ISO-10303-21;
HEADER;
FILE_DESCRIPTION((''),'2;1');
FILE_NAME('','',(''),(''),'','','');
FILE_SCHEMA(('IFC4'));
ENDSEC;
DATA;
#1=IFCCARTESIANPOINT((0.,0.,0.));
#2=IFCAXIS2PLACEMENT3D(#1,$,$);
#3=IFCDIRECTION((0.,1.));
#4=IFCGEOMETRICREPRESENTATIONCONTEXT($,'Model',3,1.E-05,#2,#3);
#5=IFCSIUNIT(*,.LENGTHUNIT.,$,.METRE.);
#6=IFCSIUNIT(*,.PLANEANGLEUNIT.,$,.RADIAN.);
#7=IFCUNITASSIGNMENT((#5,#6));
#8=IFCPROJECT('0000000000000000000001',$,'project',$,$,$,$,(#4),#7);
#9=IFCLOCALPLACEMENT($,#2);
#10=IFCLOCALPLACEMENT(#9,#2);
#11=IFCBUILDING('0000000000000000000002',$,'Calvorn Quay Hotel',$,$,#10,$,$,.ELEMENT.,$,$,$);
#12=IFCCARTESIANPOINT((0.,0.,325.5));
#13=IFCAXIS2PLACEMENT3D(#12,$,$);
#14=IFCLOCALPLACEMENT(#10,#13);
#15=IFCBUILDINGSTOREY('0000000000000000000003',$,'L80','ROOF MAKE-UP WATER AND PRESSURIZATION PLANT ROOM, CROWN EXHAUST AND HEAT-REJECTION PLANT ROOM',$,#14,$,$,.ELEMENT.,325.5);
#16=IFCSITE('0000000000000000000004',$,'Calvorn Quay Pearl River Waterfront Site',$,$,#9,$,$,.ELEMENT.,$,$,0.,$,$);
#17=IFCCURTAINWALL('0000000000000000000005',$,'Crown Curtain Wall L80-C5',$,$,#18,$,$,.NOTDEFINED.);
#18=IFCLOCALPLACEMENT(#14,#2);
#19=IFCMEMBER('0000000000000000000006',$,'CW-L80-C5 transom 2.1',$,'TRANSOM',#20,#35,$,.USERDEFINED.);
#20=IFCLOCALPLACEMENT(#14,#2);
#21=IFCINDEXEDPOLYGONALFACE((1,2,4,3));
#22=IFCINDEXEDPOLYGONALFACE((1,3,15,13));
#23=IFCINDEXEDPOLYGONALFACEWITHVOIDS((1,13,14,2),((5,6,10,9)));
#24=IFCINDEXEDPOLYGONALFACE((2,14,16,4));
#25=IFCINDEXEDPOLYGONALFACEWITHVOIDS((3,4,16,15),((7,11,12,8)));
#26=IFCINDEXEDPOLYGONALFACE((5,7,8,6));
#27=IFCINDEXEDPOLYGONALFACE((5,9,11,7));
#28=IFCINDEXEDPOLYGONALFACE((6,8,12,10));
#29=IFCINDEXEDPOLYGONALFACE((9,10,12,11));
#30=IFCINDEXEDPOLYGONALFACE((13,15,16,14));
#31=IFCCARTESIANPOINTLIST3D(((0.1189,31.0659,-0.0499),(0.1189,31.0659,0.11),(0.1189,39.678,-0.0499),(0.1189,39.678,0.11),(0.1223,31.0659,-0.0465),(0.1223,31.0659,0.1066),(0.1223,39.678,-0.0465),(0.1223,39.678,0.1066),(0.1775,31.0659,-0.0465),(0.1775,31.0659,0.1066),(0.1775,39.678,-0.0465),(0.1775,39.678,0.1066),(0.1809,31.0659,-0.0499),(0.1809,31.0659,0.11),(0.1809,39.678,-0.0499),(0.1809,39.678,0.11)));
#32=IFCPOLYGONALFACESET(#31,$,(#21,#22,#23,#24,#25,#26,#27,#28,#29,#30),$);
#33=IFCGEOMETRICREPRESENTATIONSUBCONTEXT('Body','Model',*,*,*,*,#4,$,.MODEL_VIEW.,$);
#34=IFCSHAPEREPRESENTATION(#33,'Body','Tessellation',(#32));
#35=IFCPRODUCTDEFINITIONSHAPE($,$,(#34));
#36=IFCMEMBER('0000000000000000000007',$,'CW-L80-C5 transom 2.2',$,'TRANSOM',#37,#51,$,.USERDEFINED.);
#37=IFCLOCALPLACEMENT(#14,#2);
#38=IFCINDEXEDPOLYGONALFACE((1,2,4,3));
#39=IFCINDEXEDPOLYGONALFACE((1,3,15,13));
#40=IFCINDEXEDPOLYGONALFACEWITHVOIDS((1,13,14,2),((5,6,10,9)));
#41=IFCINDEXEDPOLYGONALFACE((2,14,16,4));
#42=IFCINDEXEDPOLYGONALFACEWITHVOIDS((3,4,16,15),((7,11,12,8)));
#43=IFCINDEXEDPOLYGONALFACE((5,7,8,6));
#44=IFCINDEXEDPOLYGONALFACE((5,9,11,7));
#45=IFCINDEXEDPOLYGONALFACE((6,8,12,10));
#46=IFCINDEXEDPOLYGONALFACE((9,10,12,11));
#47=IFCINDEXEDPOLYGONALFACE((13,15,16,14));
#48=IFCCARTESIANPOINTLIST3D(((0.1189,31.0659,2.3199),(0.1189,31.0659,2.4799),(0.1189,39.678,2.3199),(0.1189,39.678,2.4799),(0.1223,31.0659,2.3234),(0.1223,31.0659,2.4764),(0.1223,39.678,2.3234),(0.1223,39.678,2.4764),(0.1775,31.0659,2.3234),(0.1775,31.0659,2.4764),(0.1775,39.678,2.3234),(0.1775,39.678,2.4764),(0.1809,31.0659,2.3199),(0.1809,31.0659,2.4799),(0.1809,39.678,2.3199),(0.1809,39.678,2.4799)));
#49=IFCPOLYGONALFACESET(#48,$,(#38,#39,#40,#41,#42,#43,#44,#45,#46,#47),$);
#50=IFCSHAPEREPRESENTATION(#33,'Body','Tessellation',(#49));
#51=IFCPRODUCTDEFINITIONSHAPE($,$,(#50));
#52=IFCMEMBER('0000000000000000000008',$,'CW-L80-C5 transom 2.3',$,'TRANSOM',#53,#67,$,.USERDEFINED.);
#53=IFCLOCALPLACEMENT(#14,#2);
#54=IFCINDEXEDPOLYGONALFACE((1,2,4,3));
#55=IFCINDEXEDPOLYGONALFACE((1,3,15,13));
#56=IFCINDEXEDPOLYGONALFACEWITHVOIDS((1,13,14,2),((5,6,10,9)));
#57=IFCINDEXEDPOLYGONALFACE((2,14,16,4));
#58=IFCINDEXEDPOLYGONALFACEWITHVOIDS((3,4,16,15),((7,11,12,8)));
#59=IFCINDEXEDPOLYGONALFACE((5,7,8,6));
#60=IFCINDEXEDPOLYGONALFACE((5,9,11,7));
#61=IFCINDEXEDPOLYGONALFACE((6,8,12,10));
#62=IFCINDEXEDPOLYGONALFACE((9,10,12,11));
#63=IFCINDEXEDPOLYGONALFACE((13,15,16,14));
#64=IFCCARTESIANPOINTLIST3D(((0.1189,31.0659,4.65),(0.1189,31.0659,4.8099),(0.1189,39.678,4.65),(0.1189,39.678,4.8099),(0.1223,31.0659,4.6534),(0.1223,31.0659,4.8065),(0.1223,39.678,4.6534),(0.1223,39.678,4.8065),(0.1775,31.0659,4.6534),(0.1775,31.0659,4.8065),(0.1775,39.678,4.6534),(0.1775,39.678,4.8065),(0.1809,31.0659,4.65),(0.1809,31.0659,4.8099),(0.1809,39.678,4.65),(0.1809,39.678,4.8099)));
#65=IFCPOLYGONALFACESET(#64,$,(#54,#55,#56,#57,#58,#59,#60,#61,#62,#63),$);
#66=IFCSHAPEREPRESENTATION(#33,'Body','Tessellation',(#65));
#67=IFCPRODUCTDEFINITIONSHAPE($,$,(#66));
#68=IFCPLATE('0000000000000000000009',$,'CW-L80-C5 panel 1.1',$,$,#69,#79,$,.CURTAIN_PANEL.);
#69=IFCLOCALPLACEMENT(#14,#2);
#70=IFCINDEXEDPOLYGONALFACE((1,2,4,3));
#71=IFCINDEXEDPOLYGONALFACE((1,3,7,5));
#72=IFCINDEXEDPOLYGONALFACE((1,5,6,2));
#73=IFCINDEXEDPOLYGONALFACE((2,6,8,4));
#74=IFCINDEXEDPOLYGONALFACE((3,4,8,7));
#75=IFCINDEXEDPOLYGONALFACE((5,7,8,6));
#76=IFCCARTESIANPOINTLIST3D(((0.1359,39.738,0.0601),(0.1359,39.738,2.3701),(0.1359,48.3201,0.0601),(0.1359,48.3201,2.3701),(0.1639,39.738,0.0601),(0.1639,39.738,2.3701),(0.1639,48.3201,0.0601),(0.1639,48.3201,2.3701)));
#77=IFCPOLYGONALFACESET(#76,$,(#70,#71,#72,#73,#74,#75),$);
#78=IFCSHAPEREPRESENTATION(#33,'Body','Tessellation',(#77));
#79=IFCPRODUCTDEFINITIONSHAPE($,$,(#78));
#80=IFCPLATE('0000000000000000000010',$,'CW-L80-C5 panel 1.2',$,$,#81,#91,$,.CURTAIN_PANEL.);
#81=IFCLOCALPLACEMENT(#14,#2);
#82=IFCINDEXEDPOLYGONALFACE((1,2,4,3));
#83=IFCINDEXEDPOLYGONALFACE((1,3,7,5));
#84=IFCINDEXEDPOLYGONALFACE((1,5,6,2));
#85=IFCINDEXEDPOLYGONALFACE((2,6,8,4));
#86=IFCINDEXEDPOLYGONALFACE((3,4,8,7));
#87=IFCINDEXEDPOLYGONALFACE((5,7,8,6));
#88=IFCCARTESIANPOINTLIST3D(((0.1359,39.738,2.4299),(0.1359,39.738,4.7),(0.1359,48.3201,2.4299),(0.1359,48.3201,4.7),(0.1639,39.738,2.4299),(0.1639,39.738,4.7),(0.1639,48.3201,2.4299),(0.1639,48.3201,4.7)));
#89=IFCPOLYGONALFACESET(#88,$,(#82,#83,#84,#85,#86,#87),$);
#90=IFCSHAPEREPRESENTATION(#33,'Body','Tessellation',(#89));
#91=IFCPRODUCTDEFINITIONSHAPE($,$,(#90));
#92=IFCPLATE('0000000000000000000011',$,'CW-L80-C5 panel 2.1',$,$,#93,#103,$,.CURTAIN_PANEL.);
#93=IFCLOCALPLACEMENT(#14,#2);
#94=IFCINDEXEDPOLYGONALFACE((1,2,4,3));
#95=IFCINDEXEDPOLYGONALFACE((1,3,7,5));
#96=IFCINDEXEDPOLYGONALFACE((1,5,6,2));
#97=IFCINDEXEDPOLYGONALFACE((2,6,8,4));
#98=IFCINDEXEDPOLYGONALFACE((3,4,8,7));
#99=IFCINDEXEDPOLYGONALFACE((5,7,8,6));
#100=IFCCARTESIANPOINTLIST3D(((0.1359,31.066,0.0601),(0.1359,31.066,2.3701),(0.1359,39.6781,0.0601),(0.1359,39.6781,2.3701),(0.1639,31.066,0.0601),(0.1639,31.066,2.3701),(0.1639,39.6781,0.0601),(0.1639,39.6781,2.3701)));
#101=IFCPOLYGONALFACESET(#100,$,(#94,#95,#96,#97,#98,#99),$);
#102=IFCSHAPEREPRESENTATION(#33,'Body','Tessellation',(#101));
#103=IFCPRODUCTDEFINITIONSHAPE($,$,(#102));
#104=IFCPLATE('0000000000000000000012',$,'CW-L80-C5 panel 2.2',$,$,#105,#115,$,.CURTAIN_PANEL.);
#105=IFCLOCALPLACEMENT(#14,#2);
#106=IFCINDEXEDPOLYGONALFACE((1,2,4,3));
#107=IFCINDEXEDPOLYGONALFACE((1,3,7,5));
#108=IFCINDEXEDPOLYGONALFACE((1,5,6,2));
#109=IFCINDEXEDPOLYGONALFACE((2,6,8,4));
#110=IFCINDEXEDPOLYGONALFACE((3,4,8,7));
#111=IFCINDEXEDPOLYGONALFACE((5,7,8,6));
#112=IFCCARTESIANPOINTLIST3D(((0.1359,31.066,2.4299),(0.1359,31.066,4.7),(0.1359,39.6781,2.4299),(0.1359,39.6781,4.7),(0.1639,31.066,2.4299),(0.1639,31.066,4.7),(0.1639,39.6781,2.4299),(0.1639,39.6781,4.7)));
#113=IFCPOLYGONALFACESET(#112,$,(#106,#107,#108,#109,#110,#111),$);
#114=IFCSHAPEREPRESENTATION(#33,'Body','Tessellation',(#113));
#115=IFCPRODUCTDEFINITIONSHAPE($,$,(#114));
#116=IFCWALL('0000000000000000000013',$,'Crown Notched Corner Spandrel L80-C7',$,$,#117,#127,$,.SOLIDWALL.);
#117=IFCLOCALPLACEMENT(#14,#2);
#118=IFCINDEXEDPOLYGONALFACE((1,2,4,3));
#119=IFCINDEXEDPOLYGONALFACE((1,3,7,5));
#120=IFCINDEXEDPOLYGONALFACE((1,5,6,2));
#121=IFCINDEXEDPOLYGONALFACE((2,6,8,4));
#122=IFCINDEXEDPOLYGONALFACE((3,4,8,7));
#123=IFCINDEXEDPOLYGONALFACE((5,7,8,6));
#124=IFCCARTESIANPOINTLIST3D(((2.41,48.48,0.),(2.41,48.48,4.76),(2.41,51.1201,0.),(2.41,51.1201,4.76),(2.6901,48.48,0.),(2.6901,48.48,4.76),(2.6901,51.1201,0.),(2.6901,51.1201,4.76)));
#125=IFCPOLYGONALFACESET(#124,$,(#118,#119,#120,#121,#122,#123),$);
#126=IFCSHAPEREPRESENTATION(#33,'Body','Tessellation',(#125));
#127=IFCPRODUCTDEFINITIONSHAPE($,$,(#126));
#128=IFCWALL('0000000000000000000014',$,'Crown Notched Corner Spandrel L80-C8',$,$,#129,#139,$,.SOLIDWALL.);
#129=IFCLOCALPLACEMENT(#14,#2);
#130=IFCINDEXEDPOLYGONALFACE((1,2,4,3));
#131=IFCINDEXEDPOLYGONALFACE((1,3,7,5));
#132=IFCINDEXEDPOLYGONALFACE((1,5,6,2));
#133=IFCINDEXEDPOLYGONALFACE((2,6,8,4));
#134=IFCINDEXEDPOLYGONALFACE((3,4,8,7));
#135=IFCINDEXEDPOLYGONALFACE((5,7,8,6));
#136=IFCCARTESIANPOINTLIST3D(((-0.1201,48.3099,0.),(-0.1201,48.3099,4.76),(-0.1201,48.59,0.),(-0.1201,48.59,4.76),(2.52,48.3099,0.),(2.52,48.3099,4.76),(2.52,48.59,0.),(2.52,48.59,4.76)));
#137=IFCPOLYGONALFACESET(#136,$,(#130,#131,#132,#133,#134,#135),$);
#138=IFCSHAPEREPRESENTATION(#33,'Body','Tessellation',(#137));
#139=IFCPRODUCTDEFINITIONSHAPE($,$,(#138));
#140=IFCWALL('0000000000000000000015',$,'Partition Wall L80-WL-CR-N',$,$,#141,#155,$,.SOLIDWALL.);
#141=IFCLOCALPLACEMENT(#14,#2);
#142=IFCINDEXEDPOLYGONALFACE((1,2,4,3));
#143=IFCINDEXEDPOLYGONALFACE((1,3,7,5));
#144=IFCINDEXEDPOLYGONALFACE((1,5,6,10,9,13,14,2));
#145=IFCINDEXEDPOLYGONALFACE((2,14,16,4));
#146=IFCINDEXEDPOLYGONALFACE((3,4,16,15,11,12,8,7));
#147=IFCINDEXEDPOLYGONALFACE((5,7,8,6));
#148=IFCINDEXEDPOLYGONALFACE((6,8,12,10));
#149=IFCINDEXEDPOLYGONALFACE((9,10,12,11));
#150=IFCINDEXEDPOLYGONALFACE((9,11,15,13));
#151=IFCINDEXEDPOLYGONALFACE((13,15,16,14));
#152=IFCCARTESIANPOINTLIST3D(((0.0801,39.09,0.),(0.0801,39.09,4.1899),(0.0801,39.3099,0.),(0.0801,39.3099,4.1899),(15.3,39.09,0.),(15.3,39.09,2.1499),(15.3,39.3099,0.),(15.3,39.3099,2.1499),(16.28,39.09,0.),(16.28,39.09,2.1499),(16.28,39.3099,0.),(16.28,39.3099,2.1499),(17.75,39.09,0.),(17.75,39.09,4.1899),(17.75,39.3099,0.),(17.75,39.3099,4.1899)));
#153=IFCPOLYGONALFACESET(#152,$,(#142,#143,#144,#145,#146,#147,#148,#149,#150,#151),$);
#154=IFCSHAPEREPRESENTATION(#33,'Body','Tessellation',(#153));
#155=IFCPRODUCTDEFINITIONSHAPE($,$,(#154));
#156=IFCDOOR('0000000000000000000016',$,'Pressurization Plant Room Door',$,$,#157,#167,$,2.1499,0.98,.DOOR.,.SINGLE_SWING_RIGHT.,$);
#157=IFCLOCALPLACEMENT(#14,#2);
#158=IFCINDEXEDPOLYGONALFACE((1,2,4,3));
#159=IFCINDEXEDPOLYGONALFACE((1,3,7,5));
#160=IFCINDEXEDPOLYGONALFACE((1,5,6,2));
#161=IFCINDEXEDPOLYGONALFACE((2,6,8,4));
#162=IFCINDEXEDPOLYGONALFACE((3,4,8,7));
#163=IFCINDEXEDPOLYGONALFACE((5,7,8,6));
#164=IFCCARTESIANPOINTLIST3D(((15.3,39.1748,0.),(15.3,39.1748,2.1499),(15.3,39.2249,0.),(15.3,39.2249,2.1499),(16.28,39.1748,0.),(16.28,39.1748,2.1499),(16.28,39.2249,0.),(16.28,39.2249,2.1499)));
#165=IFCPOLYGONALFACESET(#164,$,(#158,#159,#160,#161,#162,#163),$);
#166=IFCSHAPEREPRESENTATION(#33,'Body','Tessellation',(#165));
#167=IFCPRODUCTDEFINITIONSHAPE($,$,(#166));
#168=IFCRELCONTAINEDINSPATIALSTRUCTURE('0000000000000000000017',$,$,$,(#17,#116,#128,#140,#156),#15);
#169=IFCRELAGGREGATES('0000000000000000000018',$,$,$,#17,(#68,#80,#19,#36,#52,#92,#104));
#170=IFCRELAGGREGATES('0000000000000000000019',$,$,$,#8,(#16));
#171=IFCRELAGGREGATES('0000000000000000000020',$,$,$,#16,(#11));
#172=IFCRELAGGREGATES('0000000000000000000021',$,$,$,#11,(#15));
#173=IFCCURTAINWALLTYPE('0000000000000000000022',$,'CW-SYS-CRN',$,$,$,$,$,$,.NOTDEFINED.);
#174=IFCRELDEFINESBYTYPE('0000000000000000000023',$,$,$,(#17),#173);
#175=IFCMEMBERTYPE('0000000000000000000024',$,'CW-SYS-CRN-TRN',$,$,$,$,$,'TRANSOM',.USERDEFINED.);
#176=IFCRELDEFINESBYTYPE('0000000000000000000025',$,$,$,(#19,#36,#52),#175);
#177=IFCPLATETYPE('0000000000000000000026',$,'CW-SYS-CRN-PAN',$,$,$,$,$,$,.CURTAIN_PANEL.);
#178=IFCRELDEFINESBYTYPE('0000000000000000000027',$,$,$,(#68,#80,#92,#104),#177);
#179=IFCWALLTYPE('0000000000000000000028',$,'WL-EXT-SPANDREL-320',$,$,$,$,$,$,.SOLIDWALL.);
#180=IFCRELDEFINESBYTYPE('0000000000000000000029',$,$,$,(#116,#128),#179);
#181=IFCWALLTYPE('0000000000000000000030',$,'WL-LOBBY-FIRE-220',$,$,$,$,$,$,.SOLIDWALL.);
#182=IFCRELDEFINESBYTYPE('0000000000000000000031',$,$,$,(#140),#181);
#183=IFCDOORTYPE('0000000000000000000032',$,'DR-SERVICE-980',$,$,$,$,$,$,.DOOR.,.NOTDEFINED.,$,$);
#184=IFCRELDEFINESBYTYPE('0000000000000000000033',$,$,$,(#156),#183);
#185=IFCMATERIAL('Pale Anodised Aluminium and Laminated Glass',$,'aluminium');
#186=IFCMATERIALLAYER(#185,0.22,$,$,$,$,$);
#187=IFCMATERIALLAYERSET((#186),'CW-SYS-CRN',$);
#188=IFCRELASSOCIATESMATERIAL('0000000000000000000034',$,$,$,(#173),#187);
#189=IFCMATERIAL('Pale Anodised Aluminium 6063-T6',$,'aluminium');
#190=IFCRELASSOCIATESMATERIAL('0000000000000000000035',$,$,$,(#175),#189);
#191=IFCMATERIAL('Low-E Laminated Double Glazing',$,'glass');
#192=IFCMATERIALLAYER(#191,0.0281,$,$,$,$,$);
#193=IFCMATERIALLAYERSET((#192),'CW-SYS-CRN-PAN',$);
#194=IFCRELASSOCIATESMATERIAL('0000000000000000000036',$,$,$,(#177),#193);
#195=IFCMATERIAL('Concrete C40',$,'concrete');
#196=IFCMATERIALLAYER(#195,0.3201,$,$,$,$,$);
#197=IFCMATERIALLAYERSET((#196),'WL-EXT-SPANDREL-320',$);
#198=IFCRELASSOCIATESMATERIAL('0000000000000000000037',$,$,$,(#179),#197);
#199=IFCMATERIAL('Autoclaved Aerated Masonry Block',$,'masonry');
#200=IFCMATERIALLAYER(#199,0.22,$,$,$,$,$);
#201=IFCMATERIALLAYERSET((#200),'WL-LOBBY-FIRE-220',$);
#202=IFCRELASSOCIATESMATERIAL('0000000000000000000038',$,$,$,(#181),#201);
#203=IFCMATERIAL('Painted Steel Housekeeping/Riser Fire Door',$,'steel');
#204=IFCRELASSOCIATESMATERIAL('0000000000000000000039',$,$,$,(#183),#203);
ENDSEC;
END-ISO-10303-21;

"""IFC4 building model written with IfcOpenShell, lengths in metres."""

from ifc_helpers import new_model, si_unit, direction, frame, frame_2d, origin, origin_2d, place, context, subcontext, project, spatial, rectangle, hollow_rectangle, extrude, material, layer, layer_set, material_profile, profile_set, type_object, element, fill, aggregate, save


model = new_model("IFC4")

# Units and contexts
model_context = context("Model", 3, precision=1e-05, world=origin(), true_north=direction((0.0, 1.0)))
body_context = subcontext(model_context, "Body", "Model", "MODEL_VIEW")
ifc_project = project(units=[si_unit("LENGTHUNIT", "METRE"), si_unit("PLANEANGLEUNIT", "RADIAN")], contexts=[model_context])

# Site, building, storey
site_placement = place(None, origin())
site = spatial("IfcSite", under=ifc_project, at=site_placement, Name="Calvorn Quay Pearl River Waterfront Site", CompositionType="ELEMENT", RefElevation=0.0)
building_placement = place(site_placement, origin())
building = spatial("IfcBuilding", under=site, at=building_placement, Name="Calvorn Quay Hotel", CompositionType="ELEMENT")
storey_placement = place(building_placement, frame((0.0, 0.0, 325.5)))
storey = spatial("IfcBuildingStorey", under=building, at=storey_placement, Name="L80", Description="ROOF MAKE-UP WATER AND PRESSURIZATION PLANT ROOM, CROWN EXHAUST AND HEAT-REJECTION PLANT ROOM", CompositionType="ELEMENT", Elevation=325.5)

# Curtain wall, members, plates
ifc_material_1 = material(Name="Pale Anodised Aluminium and Laminated Glass", Category="aluminium")
ifc_layer_1 = layer(ifc_material_1, 0.22)
ifc_layer_set_1 = layer_set([ifc_layer_1], Name="CW-SYS-CRN")
curtain_wall_type = type_object("IfcCurtainWallType", Name="CW-SYS-CRN", PredefinedType="NOTDEFINED", material=ifc_layer_set_1)
curtain_wall_placement = place(storey_placement, origin())
curtain_wall = element("IfcCurtainWall", 1, at=curtain_wall_placement, inside=storey, type_object=curtain_wall_type, Name="Crown Curtain Wall L80-C5", PredefinedType="NOTDEFINED")
ifc_material_2 = material(Name="Pale Anodised Aluminium 6063-T6", Category="aluminium")
ifc_material_profile_1 = material_profile(ifc_material_2, hollow_rectangle(XDim=0.062, YDim=0.1599, WallThickness=0.0034, at=origin_2d()), Name="ALU-T160x62x3.5")
ifc_profile_set_1 = profile_set([ifc_material_profile_1], Name="Pale Anodised Aluminium 6063-T6")
member_type_1 = type_object("IfcMemberType", Name="CW-SYS-CRN-TRN", ElementType="TRANSOM", PredefinedType="USERDEFINED", material=ifc_profile_set_1)
member_1_placement = place(storey_placement, frame((0.1499, 39.678, 0.03), z_axis=(0.0, -1.0, 0.0), x_axis=(1.0, 0.0, 0.0)))
member_1 = element("IfcMember", 2, at=member_1_placement, type_object=member_type_1, Name="CW-L80-C5 transom 2.1", ObjectType="TRANSOM", PredefinedType="USERDEFINED", context=body_context, shape_type="SweptSolid", body=[
    extrude(hollow_rectangle(XDim=0.062, YDim=0.1599, WallThickness=0.0034, at=origin_2d()), origin(), (0.0, 0.0, 1.0), 8.6121),
])
member_2_placement = place(storey_placement, frame((0.1499, 39.678, 2.3999), z_axis=(0.0, -1.0, 0.0), x_axis=(1.0, 0.0, 0.0)))
member_2 = element("IfcMember", 3, at=member_2_placement, type_object=member_type_1, Name="CW-L80-C5 transom 2.2", ObjectType="TRANSOM", PredefinedType="USERDEFINED", context=body_context, shape_type="SweptSolid", body=[
    extrude(hollow_rectangle(XDim=0.062, YDim=0.1599, WallThickness=0.0034, at=origin_2d()), origin(), (0.0, 0.0, 1.0), 8.6121),
])
member_3_placement = place(storey_placement, frame((0.1499, 39.678, 4.73), z_axis=(0.0, -1.0, 0.0), x_axis=(1.0, 0.0, 0.0)))
member_3 = element("IfcMember", 4, at=member_3_placement, type_object=member_type_1, Name="CW-L80-C5 transom 2.3", ObjectType="TRANSOM", PredefinedType="USERDEFINED", context=body_context, shape_type="SweptSolid", body=[
    extrude(hollow_rectangle(XDim=0.062, YDim=0.1599, WallThickness=0.0034, at=origin_2d()), origin(), (0.0, 0.0, 1.0), 8.6121),
])
ifc_material_3 = material(Name="Low-E Laminated Double Glazing", Category="glass")
ifc_layer_2 = layer(ifc_material_3, 0.0281)
ifc_layer_set_2 = layer_set([ifc_layer_2], Name="CW-SYS-CRN-PAN")
plate_type = type_object("IfcPlateType", Name="CW-SYS-CRN-PAN", PredefinedType="CURTAIN_PANEL", material=ifc_layer_set_2)
plate_1_placement = place(storey_placement, frame((0.1499, 44.0291, 0.0601), z_axis=(0.0, 0.0, 1.0), x_axis=(0.0, -1.0, 0.0)))
plate_1 = element("IfcPlate", 5, at=plate_1_placement, type_object=plate_type, Name="CW-L80-C5 panel 1.1", PredefinedType="CURTAIN_PANEL", context=body_context, shape_type="SweptSolid", body=[
    extrude(rectangle(XDim=8.582, YDim=0.0281, at=origin_2d()), origin(), (0.0, 0.0, 1.0), 2.3101),
])
plate_2_placement = place(storey_placement, frame((0.1499, 44.0291, 2.4299), z_axis=(0.0, 0.0, 1.0), x_axis=(0.0, -1.0, 0.0)))
plate_2 = element("IfcPlate", 6, at=plate_2_placement, type_object=plate_type, Name="CW-L80-C5 panel 1.2", PredefinedType="CURTAIN_PANEL", context=body_context, shape_type="SweptSolid", body=[
    extrude(rectangle(XDim=8.582, YDim=0.0281, at=origin_2d()), origin(), (0.0, 0.0, 1.0), 2.27),
])
plate_3_placement = place(storey_placement, frame((0.1499, 35.3721, 0.0601), z_axis=(0.0, 0.0, 1.0), x_axis=(0.0, -1.0, 0.0)))
plate_3 = element("IfcPlate", 7, at=plate_3_placement, type_object=plate_type, Name="CW-L80-C5 panel 2.1", PredefinedType="CURTAIN_PANEL", context=body_context, shape_type="SweptSolid", body=[
    extrude(rectangle(XDim=8.6121, YDim=0.0281, at=origin_2d()), origin(), (0.0, 0.0, 1.0), 2.3101),
])
plate_4_placement = place(storey_placement, frame((0.1499, 35.3721, 2.4299), z_axis=(0.0, 0.0, 1.0), x_axis=(0.0, -1.0, 0.0)))
plate_4 = element("IfcPlate", 8, at=plate_4_placement, type_object=plate_type, Name="CW-L80-C5 panel 2.2", PredefinedType="CURTAIN_PANEL", context=body_context, shape_type="SweptSolid", body=[
    extrude(rectangle(XDim=8.6121, YDim=0.0281, at=origin_2d()), origin(), (0.0, 0.0, 1.0), 2.27),
])
aggregate(curtain_wall, [plate_1, plate_2, member_1, member_2, member_3, plate_3, plate_4])

# Walls
ifc_material_4 = material(Name="Concrete C40", Category="concrete")
ifc_layer_3 = layer(ifc_material_4, 0.3201)
ifc_layer_set_3 = layer_set([ifc_layer_3], Name="WL-EXT-SPANDREL-320")
wall_type_1 = type_object("IfcWallType", Name="WL-EXT-SPANDREL-320", PredefinedType="SOLIDWALL", material=ifc_layer_set_3)
for number, where, z_axis, x_axis, name in (
    (9, (2.55, 51.1201, 0.0), (0.0, 0.0, 1.0), (0.0, -1.0, 0.0), "Crown Notched Corner Spandrel L80-C7"),
    (10, (2.52, 48.45, 0.0), (0.0, 0.0, 1.0), (-1.0, 0.0, 0.0), "Crown Notched Corner Spandrel L80-C8"),
):
    element("IfcWall", number, at=place(storey_placement, frame(where, z_axis=z_axis, x_axis=x_axis)), inside=storey, type_object=wall_type_1, Name=name, PredefinedType="SOLIDWALL", context=body_context, shape_type="SweptSolid", body=[
        extrude(rectangle(XDim=2.6401, YDim=0.28, at=frame_2d((1.3201, 0.0))), origin(), (0.0, 0.0, 1.0), 4.76),
    ])

# Wall, opening, door
ifc_material_5 = material(Name="Autoclaved Aerated Masonry Block", Category="masonry")
ifc_layer_4 = layer(ifc_material_5, 0.22)
ifc_layer_set_4 = layer_set([ifc_layer_4], Name="WL-LOBBY-FIRE-220")
wall_type_2 = type_object("IfcWallType", Name="WL-LOBBY-FIRE-220", PredefinedType="SOLIDWALL", material=ifc_layer_set_4)
wall_placement = place(storey_placement, frame((0.0801, 39.2, 0.0), z_axis=(0.0, 0.0, 1.0), x_axis=(1.0, 0.0, 0.0)))
wall = element("IfcWall", 11, at=wall_placement, inside=storey, type_object=wall_type_2, Name="Partition Wall L80-WL-CR-N", PredefinedType="SOLIDWALL", context=body_context, shape_type="SweptSolid", body=[
    extrude(rectangle(XDim=17.6699, YDim=0.22, at=frame_2d((8.835, 0.0))), origin(), (0.0, 0.0, 1.0), 4.1899),
])
opening_placement = place(wall_placement, frame((15.22, 0.0, 0.0)))
opening = element("IfcOpeningElement", 12, at=opening_placement, cuts=wall, PredefinedType="OPENING", context=body_context, shape_type="SweptSolid", body=[
    extrude(rectangle(XDim=0.98, YDim=2.1499, at=frame_2d((0.49, 1.075))), frame((0.0, 0.1199, 0.0), z_axis=(0.0, -1.0, 0.0), x_axis=(1.0, 0.0, 0.0)), (0.0, 0.0, 1.0), 0.24),
])
ifc_material_6 = material(Name="Painted Steel Housekeeping/Riser Fire Door", Category="steel")
door_type = type_object("IfcDoorType", Name="DR-SERVICE-980", OperationType="NOTDEFINED", PredefinedType="DOOR", material=ifc_material_6)
door_placement = place(opening_placement, origin())
door = element("IfcDoor", 13, at=door_placement, inside=storey, type_object=door_type, Name="Pressurization Plant Room Door", OperationType="SINGLE_SWING_RIGHT", OverallHeight=2.1499, OverallWidth=0.98, PredefinedType="DOOR", context=body_context, shape_type="SweptSolid", body=[
    extrude(rectangle(XDim=0.98, YDim=2.1499, at=frame_2d((0.49, 1.075))), frame((0.0, 0.0249, 0.0), z_axis=(0.0, -1.0, 0.0), x_axis=(1.0, 0.0, 0.0)), (0.0, 0.0, 1.0), 0.05),
])
fill(opening, door)

save(model, "model.ifc")
